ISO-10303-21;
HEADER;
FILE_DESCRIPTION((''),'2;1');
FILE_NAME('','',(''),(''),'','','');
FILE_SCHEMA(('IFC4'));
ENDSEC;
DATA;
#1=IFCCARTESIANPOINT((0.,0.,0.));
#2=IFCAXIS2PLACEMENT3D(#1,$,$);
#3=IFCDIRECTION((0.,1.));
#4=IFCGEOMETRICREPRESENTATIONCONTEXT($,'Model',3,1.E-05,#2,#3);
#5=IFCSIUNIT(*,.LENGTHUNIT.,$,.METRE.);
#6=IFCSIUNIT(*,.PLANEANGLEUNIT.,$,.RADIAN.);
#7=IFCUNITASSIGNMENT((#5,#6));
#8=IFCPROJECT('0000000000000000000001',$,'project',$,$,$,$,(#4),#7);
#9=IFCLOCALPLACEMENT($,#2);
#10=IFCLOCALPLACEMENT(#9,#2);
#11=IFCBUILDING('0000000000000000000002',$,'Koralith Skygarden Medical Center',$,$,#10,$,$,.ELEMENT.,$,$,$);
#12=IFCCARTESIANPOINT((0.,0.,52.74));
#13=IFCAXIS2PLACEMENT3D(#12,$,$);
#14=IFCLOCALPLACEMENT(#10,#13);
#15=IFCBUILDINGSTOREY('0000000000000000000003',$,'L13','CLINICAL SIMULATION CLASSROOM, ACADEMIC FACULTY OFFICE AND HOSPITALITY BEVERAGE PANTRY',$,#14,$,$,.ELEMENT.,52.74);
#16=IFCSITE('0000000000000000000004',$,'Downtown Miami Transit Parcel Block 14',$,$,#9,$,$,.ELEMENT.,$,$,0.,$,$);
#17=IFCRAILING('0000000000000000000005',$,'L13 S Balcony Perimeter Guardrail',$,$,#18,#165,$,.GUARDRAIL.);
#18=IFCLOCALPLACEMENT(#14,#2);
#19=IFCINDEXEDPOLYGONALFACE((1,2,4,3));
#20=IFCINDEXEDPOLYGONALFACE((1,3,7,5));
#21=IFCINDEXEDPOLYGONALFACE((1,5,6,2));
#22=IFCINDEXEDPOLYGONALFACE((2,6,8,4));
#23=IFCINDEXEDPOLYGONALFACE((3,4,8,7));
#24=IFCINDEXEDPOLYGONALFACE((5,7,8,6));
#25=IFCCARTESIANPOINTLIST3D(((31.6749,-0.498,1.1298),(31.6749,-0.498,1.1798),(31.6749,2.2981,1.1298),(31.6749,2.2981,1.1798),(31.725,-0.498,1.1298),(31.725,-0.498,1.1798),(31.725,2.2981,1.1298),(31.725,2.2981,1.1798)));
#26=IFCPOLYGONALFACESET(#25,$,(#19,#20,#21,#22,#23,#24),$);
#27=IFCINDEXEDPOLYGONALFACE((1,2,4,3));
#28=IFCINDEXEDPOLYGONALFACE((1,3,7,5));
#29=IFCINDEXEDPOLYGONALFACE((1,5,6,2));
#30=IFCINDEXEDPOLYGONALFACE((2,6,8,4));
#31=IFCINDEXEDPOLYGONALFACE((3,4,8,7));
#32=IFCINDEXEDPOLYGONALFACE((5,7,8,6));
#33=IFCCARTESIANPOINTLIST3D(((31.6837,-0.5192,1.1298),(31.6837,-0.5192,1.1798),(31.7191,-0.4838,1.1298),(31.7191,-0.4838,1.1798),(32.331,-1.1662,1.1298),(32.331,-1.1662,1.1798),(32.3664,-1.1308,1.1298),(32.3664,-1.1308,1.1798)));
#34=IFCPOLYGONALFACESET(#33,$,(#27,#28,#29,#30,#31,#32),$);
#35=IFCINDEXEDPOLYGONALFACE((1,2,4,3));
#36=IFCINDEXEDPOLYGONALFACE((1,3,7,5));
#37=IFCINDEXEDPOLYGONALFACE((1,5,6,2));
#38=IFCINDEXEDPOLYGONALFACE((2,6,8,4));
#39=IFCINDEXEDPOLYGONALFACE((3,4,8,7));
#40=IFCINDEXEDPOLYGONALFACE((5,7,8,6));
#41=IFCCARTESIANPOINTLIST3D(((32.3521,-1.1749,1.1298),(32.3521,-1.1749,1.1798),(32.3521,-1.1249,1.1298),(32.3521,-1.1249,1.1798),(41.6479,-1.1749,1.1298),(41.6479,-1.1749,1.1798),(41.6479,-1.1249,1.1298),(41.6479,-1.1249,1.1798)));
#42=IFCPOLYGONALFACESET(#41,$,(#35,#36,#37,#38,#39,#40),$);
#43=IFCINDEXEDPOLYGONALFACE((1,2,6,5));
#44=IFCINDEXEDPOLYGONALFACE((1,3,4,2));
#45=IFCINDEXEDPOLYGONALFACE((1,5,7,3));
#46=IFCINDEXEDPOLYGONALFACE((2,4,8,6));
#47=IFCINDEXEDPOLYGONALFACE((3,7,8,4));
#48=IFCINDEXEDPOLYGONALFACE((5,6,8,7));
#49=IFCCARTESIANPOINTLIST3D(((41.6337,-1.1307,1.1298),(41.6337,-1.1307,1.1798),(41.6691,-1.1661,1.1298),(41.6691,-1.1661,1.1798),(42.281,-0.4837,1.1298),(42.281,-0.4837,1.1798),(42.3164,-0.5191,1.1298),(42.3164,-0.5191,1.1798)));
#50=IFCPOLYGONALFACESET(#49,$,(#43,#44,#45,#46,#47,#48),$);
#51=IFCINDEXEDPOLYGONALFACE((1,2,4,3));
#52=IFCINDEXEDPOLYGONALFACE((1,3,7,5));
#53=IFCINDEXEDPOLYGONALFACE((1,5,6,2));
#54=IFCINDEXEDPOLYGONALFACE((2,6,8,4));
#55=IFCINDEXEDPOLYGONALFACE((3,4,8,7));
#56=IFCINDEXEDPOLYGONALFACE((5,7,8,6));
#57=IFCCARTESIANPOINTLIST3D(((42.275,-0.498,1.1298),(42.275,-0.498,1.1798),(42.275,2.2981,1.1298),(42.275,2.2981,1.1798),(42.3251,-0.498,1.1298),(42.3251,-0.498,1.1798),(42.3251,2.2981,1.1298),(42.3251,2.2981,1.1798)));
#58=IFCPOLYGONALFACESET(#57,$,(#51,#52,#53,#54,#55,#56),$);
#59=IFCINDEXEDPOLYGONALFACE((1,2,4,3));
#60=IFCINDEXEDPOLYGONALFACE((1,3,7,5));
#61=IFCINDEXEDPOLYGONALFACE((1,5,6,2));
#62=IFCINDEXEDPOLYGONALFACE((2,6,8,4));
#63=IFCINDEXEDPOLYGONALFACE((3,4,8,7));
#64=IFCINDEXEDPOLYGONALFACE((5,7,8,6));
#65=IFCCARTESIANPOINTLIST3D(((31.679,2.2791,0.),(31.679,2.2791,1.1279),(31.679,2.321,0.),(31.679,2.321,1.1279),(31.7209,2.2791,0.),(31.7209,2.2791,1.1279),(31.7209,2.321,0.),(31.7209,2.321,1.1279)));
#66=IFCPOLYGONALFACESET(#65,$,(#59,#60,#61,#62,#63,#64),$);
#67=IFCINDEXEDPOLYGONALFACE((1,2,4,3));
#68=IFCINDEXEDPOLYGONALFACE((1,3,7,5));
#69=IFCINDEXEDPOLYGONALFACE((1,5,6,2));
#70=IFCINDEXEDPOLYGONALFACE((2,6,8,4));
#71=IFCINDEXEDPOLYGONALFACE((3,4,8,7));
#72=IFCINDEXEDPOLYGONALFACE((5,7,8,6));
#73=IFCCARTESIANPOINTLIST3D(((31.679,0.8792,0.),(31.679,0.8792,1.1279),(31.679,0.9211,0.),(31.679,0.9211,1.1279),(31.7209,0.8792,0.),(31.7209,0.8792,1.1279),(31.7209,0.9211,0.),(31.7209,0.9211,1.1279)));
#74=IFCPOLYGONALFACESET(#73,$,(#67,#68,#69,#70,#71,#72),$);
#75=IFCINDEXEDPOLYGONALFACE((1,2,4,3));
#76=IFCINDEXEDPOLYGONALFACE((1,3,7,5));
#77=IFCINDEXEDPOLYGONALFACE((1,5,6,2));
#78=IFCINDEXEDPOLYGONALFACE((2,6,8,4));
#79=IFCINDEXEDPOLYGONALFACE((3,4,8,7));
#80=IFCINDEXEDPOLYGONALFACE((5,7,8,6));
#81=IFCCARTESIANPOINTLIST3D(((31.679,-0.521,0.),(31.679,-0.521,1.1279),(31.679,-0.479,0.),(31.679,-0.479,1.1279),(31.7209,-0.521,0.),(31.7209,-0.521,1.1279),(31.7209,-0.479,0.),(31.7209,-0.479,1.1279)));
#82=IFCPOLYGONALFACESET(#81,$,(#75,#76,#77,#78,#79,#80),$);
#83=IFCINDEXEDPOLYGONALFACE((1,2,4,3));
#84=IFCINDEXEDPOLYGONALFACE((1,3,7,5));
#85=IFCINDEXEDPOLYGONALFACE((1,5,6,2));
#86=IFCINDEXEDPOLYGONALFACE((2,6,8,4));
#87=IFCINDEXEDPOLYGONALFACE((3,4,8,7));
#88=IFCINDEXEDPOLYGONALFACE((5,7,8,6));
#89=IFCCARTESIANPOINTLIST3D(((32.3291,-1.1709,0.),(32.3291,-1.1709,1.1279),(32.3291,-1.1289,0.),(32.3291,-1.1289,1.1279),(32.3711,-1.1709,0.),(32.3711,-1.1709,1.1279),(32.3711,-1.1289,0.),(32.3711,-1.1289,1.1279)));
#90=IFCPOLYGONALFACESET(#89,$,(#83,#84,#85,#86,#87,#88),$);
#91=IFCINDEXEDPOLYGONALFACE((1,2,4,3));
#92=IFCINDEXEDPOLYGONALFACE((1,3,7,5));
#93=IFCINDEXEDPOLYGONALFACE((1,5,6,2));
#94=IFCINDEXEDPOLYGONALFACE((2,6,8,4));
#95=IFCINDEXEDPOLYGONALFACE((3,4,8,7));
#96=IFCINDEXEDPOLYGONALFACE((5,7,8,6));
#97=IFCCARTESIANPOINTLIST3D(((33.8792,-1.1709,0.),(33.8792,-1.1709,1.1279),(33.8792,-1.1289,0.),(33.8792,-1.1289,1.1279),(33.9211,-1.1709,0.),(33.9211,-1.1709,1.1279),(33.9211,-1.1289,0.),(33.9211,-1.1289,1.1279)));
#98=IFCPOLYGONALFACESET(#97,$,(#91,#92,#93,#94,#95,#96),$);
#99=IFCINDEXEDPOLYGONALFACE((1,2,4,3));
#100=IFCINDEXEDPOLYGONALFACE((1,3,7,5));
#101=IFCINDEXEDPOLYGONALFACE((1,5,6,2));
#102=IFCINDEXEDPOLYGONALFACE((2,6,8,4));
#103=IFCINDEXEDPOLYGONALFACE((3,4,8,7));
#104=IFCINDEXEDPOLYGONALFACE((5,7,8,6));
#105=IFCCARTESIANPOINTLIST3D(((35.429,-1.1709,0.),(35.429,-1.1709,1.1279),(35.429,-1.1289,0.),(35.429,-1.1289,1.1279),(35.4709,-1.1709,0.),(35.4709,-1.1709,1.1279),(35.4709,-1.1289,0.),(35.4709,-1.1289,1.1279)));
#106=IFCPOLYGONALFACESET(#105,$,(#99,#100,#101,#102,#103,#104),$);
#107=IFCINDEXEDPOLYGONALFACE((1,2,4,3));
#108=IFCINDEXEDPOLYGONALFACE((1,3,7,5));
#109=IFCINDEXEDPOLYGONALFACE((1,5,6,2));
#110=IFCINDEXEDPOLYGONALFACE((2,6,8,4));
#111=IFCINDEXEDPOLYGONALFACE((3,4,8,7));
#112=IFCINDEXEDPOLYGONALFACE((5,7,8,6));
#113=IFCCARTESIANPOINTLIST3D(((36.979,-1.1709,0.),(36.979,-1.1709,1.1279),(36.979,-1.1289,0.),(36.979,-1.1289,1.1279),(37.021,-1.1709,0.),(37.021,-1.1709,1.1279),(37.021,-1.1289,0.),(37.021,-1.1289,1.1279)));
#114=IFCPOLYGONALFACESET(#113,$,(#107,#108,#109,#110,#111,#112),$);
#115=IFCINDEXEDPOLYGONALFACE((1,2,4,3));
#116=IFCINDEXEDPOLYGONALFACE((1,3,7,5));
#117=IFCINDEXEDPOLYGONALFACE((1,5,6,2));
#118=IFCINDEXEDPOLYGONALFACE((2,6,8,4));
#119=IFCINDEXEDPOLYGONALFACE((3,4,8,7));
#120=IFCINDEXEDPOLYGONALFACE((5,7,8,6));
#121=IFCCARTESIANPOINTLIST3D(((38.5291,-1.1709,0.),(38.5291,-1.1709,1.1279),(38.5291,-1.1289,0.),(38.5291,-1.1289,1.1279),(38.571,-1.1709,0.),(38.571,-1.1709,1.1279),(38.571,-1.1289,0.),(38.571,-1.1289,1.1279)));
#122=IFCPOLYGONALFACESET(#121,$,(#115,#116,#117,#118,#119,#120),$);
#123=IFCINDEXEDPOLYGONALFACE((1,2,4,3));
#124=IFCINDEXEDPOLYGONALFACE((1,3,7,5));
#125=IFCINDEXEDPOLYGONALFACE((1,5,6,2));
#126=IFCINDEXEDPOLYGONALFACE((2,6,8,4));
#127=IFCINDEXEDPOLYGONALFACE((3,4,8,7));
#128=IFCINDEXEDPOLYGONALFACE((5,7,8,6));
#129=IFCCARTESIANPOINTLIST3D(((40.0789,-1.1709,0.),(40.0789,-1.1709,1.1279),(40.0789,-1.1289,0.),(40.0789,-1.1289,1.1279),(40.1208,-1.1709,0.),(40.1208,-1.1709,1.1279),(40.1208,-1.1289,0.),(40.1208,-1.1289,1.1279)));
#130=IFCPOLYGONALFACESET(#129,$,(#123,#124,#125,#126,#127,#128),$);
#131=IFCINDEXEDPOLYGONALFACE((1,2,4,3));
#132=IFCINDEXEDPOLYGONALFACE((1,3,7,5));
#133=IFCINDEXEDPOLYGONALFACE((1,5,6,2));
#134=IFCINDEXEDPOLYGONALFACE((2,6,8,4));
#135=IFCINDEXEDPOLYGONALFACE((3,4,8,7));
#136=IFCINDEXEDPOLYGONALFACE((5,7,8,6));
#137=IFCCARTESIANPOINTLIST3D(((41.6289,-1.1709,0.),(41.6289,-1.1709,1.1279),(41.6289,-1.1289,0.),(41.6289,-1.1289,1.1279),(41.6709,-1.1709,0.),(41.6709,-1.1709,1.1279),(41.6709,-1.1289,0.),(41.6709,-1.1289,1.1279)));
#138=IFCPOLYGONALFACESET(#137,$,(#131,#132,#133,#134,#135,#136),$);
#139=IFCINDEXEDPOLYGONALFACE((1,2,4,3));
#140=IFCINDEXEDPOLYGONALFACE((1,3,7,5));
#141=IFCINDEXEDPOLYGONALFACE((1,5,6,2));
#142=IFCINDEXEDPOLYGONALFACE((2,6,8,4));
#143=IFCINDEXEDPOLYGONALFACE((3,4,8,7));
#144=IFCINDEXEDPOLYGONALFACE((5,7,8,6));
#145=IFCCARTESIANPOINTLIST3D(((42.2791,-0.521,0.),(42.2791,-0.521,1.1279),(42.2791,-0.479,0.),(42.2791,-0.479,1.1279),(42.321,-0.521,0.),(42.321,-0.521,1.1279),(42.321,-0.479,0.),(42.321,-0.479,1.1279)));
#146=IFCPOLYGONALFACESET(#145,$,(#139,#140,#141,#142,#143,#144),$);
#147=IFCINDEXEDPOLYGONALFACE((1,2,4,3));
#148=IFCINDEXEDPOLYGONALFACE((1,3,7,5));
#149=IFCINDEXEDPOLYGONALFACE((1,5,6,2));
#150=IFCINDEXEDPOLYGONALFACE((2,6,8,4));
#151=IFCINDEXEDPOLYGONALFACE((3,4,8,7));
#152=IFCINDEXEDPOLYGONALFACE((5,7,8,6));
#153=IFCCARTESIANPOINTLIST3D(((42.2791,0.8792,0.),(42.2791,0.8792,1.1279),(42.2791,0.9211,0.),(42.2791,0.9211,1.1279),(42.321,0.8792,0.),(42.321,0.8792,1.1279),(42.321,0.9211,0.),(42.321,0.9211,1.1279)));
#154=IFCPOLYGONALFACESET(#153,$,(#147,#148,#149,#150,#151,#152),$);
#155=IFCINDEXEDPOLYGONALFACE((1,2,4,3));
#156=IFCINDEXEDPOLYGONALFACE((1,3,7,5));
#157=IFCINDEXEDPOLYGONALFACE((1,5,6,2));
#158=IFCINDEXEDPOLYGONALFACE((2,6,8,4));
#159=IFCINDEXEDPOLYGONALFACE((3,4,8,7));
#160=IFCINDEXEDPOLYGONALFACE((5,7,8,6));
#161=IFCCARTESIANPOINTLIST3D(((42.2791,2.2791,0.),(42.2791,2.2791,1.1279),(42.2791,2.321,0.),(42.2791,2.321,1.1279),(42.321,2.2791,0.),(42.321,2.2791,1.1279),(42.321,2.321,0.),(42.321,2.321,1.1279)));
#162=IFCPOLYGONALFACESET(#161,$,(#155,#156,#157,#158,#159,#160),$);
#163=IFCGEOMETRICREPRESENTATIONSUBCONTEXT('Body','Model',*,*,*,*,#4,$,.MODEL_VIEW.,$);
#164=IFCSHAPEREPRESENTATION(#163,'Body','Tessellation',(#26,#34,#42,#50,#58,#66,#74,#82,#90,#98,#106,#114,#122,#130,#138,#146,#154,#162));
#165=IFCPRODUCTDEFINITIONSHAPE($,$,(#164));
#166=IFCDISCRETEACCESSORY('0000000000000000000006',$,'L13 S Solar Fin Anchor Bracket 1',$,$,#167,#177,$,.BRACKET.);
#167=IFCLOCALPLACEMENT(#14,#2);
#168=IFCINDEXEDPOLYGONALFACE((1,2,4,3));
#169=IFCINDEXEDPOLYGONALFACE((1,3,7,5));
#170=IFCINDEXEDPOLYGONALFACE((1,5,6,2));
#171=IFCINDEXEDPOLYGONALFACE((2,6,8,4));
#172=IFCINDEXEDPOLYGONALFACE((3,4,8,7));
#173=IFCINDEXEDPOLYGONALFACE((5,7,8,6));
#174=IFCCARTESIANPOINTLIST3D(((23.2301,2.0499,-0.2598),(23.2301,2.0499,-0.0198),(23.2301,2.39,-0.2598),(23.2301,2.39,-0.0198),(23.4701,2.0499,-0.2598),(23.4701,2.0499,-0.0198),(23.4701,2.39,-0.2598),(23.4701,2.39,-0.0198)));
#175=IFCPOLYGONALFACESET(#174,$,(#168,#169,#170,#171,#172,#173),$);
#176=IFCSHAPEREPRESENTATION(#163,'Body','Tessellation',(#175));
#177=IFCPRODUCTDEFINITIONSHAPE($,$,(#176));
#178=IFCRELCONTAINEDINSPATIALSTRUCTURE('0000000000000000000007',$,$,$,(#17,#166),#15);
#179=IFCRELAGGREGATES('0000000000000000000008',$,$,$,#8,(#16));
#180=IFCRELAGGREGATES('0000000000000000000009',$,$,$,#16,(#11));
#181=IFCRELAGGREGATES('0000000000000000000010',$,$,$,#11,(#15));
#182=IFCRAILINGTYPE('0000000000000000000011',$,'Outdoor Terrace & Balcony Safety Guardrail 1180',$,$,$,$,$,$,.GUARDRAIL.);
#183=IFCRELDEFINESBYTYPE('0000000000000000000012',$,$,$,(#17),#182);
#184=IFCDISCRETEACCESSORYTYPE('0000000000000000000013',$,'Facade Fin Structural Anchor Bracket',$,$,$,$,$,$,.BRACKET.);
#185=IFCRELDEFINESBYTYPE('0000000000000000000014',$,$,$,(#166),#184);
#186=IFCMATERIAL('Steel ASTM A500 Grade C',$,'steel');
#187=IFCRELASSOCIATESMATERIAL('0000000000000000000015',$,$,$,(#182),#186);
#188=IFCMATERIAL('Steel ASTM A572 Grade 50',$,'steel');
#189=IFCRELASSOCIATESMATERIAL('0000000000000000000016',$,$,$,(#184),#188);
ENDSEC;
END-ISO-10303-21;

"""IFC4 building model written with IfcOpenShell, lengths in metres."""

from ifc_helpers import new_model, si_unit, direction, frame, origin, origin_2d, place, context, subcontext, project, spatial, rectangle, extrude, material, type_object, element, save


model = new_model("IFC4")

# Units and contexts
model_context = context("Model", 3, precision=1e-05, world=origin(), true_north=direction((0.0, 1.0)))
body_context = subcontext(model_context, "Body", "Model", "MODEL_VIEW")
ifc_project = project(units=[si_unit("LENGTHUNIT", "METRE"), si_unit("PLANEANGLEUNIT", "RADIAN")], contexts=[model_context])

# Site, building, storey
site_placement = place(None, origin())
site = spatial("IfcSite", under=ifc_project, at=site_placement, Name="Downtown Miami Transit Parcel Block 14", CompositionType="ELEMENT", RefElevation=0.0)
building_placement = place(site_placement, origin())
building = spatial("IfcBuilding", under=site, at=building_placement, Name="Koralith Skygarden Medical Center", CompositionType="ELEMENT")
storey_placement = place(building_placement, frame((0.0, 0.0, 52.74)))
storey = spatial("IfcBuildingStorey", under=building, at=storey_placement, Name="L13", Description="CLINICAL SIMULATION CLASSROOM, ACADEMIC FACULTY OFFICE AND HOSPITALITY BEVERAGE PANTRY", CompositionType="ELEMENT", Elevation=52.74)

# Railing
ifc_material_1 = material(Name="Steel ASTM A500 Grade C", Category="steel")
railing_type = type_object("IfcRailingType", Name="Outdoor Terrace & Balcony Safety Guardrail 1180", PredefinedType="GUARDRAIL", material=ifc_material_1)
railing_placement = place(storey_placement, frame((31.7, 2.3, 0.0)))
element("IfcRailing", 1, at=railing_placement, inside=storey, type_object=railing_type, Name="L13 S Balcony Perimeter Guardrail", PredefinedType="GUARDRAIL", context=body_context, shape_type="SweptSolid", body=[
    extrude(rectangle(XDim=0.05, YDim=0.05, at=origin_2d()), frame((0.0, -0.002, 1.1548), z_axis=(0.0, -1.0, 0.0), x_axis=(1.0, 0.0, 0.0)), (0.0, 0.0, 1.0), 2.7961),
    extrude(rectangle(XDim=0.05, YDim=0.05, at=origin_2d()), frame((0.0015, -2.8015, 1.1548), z_axis=(0.70724, -0.706974, 0.0), x_axis=(0.706974, 0.70724, 0.0)), (0.0, 0.0, 1.0), 0.9153),
    extrude(rectangle(XDim=0.05, YDim=0.05, at=origin_2d()), frame((0.6521, -3.45, 1.1548), z_axis=(1.0, 0.0, 0.0), x_axis=(0.0, 1.0, 0.0)), (0.0, 0.0, 1.0), 9.2959),
    extrude(rectangle(XDim=0.05, YDim=0.05, at=origin_2d()), frame((9.9514, -3.4485, 1.1548), z_axis=(0.70724, 0.706974, 0.0), x_axis=(-0.706974, 0.70724, 0.0)), (0.0, 0.0, 1.0), 0.9153),
    extrude(rectangle(XDim=0.05, YDim=0.05, at=origin_2d()), frame((10.6001, -2.7981, 1.1548), z_axis=(0.0, 1.0, 0.0), x_axis=(-1.0, 0.0, 0.0)), (0.0, 0.0, 1.0), 2.7961),
    extrude(rectangle(XDim=0.042, YDim=0.042, at=origin_2d()), origin(), (0.0, 0.0, 1.0), 1.1279),
    extrude(rectangle(XDim=0.042, YDim=0.042, at=origin_2d()), frame((0.0, -1.3999, 0.0)), (0.0, 0.0, 1.0), 1.1279),
    extrude(rectangle(XDim=0.042, YDim=0.042, at=origin_2d()), frame((0.0, -2.8, 0.0)), (0.0, 0.0, 1.0), 1.1279),
    extrude(rectangle(XDim=0.042, YDim=0.042, at=origin_2d()), frame((0.6501, -3.45, 0.0)), (0.0, 0.0, 1.0), 1.1279),
    extrude(rectangle(XDim=0.042, YDim=0.042, at=origin_2d()), frame((2.2002, -3.45, 0.0)), (0.0, 0.0, 1.0), 1.1279),
    extrude(rectangle(XDim=0.042, YDim=0.042, at=origin_2d()), frame((3.75, -3.45, 0.0)), (0.0, 0.0, 1.0), 1.1279),
    extrude(rectangle(XDim=0.042, YDim=0.042, at=origin_2d()), frame((5.3, -3.45, 0.0)), (0.0, 0.0, 1.0), 1.1279),
    extrude(rectangle(XDim=0.042, YDim=0.042, at=origin_2d()), frame((6.8501, -3.45, 0.0)), (0.0, 0.0, 1.0), 1.1279),
    extrude(rectangle(XDim=0.042, YDim=0.042, at=origin_2d()), frame((8.3999, -3.45, 0.0)), (0.0, 0.0, 1.0), 1.1279),
    extrude(rectangle(XDim=0.042, YDim=0.042, at=origin_2d()), frame((9.95, -3.45, 0.0)), (0.0, 0.0, 1.0), 1.1279),
    extrude(rectangle(XDim=0.042, YDim=0.042, at=origin_2d()), frame((10.6001, -2.8, 0.0)), (0.0, 0.0, 1.0), 1.1279),
    extrude(rectangle(XDim=0.042, YDim=0.042, at=origin_2d()), frame((10.6001, -1.3999, 0.0)), (0.0, 0.0, 1.0), 1.1279),
    extrude(rectangle(XDim=0.042, YDim=0.042, at=origin_2d()), frame((10.6001, 0.0, 0.0)), (0.0, 0.0, 1.0), 1.1279),
])

# Discrete accessory
ifc_material_2 = material(Name="Steel ASTM A572 Grade 50", Category="steel")
discrete_accessory_type = type_object("IfcDiscreteAccessoryType", Name="Facade Fin Structural Anchor Bracket", PredefinedType="BRACKET", material=ifc_material_2)
discrete_accessory_placement = place(storey_placement, frame((23.3501, 2.22, -0.2598), z_axis=(0.0, 0.0, 1.0), x_axis=(0.0, -1.0, 0.0)))
element("IfcDiscreteAccessory", 2, at=discrete_accessory_placement, inside=storey, type_object=discrete_accessory_type, Name="L13 S Solar Fin Anchor Bracket 1", PredefinedType="BRACKET", context=body_context, shape_type="SweptSolid", body=[
    extrude(rectangle(XDim=0.3401, YDim=0.24, at=origin_2d()), origin(), (0.0, 0.0, 1.0), 0.24),
])

save(model, "model.ifc")
